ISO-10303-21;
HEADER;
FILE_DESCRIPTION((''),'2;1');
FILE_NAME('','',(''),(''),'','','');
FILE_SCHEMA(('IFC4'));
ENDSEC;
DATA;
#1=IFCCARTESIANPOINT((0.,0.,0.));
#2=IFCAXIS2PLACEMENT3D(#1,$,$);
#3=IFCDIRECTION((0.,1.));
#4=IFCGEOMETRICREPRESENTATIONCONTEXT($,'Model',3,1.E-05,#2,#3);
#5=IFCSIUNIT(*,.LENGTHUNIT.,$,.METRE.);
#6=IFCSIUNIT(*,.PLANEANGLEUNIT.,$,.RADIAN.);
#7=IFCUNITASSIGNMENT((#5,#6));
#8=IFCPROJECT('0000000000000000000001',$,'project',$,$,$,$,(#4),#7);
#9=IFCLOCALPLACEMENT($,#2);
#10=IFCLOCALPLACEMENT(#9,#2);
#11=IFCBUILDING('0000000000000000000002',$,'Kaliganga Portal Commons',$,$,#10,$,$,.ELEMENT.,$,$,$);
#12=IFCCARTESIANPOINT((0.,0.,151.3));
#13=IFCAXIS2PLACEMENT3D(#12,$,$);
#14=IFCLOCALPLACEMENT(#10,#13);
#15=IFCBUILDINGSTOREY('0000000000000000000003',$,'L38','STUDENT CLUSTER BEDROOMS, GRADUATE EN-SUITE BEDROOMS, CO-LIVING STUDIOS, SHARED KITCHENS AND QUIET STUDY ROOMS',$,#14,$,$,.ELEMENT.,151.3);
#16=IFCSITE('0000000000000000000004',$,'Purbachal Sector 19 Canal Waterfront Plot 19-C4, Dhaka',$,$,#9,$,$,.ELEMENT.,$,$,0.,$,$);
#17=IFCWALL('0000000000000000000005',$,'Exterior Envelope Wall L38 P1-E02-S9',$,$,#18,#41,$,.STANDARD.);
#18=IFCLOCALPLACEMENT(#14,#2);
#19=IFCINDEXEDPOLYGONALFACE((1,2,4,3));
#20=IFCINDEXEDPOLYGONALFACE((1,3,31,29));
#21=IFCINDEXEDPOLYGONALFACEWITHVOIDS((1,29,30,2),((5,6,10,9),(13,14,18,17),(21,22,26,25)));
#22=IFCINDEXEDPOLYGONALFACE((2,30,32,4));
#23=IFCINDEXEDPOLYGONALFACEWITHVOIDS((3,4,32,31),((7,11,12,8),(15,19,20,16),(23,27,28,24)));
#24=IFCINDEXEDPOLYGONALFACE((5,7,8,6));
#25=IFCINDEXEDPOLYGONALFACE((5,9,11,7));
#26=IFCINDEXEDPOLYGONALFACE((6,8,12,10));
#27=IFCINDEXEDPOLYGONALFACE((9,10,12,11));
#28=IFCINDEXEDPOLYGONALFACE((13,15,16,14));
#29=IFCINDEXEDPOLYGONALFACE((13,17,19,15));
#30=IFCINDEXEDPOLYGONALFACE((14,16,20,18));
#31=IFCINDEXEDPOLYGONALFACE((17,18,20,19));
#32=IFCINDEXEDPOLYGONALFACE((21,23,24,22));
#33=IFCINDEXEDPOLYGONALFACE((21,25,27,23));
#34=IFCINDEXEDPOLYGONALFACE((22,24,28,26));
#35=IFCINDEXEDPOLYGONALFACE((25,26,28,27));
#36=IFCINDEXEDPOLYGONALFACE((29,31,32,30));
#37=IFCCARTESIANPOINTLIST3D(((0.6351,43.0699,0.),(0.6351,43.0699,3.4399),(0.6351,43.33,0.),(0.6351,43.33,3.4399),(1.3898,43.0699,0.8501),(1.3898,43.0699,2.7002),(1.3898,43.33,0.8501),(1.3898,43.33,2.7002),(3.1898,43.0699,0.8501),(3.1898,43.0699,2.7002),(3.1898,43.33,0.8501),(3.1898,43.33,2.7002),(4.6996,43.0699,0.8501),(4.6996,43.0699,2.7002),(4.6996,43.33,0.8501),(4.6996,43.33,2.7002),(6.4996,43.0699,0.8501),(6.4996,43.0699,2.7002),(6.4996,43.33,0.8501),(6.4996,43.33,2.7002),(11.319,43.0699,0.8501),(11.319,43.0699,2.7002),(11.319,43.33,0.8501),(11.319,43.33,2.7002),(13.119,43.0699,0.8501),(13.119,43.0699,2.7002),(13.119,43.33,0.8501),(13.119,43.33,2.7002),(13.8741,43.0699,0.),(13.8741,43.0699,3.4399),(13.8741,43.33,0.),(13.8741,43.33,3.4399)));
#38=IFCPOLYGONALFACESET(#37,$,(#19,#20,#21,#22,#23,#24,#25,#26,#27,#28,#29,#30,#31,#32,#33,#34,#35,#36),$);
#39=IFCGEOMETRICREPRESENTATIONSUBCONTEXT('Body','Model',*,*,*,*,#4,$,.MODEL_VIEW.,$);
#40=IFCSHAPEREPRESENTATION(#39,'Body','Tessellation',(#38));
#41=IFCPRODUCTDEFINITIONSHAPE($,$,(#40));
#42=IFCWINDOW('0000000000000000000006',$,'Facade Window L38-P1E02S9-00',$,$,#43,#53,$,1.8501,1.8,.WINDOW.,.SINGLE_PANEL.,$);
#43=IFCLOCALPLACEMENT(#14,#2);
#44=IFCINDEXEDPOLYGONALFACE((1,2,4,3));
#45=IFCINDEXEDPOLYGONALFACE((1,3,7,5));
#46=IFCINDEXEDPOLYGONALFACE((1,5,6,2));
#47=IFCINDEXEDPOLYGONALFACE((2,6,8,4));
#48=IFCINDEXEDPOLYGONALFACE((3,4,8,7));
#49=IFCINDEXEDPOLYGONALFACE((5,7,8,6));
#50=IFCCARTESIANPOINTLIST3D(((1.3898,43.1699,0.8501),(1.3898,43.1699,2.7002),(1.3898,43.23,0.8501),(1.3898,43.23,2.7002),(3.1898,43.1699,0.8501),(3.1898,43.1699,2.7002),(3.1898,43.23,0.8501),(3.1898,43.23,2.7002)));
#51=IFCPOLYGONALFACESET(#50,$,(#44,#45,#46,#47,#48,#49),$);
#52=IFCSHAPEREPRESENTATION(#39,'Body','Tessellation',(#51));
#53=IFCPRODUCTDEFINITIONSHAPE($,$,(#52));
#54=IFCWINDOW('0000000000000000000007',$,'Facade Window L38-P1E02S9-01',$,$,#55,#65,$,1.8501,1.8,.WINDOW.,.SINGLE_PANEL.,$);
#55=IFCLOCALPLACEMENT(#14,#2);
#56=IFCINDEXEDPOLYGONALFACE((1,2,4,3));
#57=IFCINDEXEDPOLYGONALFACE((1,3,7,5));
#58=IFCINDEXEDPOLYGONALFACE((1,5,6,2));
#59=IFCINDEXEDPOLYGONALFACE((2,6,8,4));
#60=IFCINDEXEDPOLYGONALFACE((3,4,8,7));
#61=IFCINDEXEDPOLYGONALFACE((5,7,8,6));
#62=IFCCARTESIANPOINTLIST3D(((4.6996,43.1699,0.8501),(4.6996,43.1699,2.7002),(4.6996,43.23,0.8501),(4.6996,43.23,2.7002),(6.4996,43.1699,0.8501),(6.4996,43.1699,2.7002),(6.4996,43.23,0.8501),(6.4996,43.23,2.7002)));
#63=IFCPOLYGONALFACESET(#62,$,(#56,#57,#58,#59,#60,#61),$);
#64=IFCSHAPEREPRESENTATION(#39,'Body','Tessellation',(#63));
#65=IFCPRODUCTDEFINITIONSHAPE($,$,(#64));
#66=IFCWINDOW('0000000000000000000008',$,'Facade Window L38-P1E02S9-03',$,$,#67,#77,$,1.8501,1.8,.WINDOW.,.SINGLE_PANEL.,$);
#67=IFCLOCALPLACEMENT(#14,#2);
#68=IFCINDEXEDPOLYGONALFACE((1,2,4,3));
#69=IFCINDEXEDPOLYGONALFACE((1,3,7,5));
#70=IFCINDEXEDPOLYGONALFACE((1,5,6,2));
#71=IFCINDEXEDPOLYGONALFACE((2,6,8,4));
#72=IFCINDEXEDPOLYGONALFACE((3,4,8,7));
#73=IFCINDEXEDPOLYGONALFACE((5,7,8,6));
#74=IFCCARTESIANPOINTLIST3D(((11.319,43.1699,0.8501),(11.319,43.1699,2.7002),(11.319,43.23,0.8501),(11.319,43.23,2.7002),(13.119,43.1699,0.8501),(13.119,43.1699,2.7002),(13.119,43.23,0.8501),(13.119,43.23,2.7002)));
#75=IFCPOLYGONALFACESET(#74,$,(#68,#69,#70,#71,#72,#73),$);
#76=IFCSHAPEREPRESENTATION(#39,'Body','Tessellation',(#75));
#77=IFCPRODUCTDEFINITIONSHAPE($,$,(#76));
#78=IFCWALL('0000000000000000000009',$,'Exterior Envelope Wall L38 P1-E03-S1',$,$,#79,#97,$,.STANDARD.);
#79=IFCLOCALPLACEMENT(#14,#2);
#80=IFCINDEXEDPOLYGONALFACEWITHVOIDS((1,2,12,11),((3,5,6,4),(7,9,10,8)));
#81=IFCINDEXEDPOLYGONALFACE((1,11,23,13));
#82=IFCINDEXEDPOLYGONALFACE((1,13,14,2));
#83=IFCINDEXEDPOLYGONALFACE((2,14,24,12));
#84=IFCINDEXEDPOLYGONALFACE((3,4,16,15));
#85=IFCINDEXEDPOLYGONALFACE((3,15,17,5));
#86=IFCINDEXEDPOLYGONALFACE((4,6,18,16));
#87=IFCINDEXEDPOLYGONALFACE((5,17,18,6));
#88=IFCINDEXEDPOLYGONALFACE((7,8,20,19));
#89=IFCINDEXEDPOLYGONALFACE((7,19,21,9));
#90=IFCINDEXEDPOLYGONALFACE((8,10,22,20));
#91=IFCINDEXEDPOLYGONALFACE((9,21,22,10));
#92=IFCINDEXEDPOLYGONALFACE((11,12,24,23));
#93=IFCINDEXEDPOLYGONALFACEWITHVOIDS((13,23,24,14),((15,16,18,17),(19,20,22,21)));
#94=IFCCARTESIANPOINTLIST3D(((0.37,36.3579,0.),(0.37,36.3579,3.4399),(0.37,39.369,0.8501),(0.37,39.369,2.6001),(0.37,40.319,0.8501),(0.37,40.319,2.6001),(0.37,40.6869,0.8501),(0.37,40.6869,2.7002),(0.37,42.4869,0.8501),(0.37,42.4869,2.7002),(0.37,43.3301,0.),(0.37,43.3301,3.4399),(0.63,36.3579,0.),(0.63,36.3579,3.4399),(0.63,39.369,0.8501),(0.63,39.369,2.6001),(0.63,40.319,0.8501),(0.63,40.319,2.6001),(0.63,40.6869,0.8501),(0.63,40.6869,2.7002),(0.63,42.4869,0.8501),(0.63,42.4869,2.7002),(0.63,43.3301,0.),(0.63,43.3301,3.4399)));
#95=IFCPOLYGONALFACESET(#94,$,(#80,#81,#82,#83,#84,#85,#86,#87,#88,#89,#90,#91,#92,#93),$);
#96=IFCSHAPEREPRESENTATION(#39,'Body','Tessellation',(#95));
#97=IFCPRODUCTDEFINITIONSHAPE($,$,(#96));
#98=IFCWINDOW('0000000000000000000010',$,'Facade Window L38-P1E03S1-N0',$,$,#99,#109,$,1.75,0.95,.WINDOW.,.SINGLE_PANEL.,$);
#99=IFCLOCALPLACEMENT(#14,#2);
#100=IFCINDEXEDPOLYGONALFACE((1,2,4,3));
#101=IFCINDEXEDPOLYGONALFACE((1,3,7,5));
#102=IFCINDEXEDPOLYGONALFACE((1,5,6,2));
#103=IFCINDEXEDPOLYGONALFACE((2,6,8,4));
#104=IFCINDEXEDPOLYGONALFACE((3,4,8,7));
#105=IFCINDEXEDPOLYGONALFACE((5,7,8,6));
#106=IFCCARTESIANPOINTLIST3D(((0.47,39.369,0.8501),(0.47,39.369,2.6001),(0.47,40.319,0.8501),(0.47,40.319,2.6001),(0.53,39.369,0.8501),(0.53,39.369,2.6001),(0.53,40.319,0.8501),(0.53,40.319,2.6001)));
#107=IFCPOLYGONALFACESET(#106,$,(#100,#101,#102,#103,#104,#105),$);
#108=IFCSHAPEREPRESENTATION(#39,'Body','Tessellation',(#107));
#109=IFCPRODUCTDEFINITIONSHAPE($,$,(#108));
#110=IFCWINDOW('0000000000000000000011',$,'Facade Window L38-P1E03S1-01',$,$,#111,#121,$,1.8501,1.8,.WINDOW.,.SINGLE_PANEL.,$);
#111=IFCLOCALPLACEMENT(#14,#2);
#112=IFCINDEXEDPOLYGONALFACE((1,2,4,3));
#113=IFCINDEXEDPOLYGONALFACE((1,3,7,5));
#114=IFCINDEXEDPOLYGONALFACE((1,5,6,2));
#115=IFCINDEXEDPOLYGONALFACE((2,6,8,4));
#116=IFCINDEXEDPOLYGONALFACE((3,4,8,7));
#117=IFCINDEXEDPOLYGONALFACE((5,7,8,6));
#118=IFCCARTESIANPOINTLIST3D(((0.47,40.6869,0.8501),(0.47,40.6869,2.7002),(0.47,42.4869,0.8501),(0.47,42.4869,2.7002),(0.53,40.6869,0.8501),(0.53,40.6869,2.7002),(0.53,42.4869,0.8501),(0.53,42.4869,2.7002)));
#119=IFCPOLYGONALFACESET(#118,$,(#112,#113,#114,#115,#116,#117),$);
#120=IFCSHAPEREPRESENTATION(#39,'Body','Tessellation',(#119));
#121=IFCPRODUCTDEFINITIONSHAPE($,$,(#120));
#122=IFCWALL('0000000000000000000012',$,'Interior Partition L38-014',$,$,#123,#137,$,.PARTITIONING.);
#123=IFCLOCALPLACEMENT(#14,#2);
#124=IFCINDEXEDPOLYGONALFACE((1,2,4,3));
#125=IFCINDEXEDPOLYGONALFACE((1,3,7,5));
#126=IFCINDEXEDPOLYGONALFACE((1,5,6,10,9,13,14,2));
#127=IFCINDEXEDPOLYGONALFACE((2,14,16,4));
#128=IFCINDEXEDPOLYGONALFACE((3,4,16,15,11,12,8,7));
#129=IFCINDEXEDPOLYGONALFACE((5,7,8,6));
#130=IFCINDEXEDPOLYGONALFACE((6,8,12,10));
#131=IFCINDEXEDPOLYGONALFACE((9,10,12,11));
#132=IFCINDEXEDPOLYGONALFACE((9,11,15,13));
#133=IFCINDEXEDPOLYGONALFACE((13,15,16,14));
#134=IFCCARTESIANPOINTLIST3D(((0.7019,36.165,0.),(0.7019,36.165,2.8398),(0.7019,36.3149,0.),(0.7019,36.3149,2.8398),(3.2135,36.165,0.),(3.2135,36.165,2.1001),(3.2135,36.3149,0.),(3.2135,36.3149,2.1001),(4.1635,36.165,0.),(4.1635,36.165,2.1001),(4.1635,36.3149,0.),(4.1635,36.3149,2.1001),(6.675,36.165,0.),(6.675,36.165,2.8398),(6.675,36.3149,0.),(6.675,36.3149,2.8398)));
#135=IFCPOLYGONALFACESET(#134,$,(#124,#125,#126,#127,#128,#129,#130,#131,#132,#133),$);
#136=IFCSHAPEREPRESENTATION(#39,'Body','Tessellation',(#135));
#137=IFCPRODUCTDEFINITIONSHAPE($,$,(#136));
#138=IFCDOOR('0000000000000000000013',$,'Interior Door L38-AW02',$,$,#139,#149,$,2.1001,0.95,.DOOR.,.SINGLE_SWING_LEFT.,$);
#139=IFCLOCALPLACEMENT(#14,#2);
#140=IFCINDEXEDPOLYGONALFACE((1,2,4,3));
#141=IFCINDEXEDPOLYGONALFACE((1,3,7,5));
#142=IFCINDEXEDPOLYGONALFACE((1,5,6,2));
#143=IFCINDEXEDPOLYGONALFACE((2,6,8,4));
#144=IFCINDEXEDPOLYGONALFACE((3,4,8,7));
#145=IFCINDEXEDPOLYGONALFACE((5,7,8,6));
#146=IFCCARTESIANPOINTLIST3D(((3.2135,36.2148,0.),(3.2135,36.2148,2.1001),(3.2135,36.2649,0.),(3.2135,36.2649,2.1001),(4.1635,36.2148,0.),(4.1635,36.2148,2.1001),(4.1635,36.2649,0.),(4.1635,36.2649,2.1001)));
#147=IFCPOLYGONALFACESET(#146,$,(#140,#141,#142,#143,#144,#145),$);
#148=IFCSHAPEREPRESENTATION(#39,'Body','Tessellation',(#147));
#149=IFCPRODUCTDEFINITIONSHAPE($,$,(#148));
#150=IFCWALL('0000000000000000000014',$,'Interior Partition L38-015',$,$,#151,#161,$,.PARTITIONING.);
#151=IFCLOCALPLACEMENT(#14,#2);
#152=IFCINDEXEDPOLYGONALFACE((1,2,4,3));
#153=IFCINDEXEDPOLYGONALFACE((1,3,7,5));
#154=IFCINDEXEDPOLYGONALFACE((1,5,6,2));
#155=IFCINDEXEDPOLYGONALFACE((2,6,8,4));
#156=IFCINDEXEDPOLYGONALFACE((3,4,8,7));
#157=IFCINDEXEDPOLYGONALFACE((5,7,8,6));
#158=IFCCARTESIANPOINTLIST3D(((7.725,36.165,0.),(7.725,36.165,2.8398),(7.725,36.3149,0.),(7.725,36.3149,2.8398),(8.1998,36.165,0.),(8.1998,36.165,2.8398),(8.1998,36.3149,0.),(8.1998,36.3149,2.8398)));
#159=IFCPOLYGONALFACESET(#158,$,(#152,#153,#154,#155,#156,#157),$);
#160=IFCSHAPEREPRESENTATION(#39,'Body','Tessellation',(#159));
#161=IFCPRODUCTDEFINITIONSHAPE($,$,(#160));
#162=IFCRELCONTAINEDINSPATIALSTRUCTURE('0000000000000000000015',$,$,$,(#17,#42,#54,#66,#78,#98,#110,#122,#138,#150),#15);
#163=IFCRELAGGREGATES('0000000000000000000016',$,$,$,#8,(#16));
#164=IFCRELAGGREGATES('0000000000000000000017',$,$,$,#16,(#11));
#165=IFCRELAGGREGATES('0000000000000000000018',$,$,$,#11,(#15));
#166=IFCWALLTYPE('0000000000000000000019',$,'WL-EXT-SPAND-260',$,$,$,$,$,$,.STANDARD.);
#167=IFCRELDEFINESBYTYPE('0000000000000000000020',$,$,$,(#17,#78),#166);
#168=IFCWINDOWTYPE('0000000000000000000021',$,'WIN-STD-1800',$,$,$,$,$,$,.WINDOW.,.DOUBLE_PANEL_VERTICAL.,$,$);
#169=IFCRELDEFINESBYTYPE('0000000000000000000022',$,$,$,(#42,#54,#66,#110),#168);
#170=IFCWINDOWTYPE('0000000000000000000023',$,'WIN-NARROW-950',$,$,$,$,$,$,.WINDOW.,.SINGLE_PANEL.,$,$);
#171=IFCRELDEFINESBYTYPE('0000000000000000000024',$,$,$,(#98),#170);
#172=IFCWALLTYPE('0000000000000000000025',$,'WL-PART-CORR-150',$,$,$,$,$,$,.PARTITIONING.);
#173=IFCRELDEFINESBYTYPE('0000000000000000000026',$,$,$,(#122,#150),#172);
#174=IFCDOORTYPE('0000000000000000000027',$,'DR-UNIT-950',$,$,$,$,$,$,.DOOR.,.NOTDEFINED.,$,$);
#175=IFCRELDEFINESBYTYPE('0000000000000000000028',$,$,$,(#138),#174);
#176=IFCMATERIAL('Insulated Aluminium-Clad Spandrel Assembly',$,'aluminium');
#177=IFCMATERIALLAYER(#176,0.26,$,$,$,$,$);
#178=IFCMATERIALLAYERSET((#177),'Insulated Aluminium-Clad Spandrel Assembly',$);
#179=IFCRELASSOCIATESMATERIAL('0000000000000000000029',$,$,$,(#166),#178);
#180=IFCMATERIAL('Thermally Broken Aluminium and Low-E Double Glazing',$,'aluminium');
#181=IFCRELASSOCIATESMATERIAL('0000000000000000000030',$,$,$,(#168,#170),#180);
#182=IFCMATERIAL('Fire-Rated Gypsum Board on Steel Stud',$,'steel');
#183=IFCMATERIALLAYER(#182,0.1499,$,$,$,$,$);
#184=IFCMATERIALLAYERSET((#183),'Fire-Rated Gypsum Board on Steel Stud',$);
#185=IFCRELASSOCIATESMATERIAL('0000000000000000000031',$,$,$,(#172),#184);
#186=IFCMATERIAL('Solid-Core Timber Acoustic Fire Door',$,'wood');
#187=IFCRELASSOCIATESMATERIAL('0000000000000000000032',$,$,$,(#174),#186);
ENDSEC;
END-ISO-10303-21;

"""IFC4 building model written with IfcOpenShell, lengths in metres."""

from ifc_helpers import new_model, si_unit, direction, frame, frame_2d, origin, place, context, subcontext, project, spatial, rectangle, extrude, material, layer, layer_set, type_object, element, fill, save


model = new_model("IFC4")

# Units and contexts
model_context = context("Model", 3, precision=1e-05, world=origin(), true_north=direction((0.0, 1.0)))
body_context = subcontext(model_context, "Body", "Model", "MODEL_VIEW")
ifc_project = project(units=[si_unit("LENGTHUNIT", "METRE"), si_unit("PLANEANGLEUNIT", "RADIAN")], contexts=[model_context])

# Site, building, storey
site_placement = place(None, origin())
site = spatial("IfcSite", under=ifc_project, at=site_placement, Name="Purbachal Sector 19 Canal Waterfront Plot 19-C4, Dhaka", CompositionType="ELEMENT", RefElevation=0.0)
building_placement = place(site_placement, origin())
building = spatial("IfcBuilding", under=site, at=building_placement, Name="Kaliganga Portal Commons", CompositionType="ELEMENT")
storey_placement = place(building_placement, frame((0.0, 0.0, 151.3)))
storey = spatial("IfcBuildingStorey", under=building, at=storey_placement, Name="L38", Description="STUDENT CLUSTER BEDROOMS, GRADUATE EN-SUITE BEDROOMS, CO-LIVING STUDIOS, SHARED KITCHENS AND QUIET STUDY ROOMS", CompositionType="ELEMENT", Elevation=151.3)

# Walls, openings, windows
ifc_material_1 = material(Name="Insulated Aluminium-Clad Spandrel Assembly", Category="aluminium")
ifc_layer_1 = layer(ifc_material_1, 0.26)
ifc_layer_set_1 = layer_set([ifc_layer_1], Name="Insulated Aluminium-Clad Spandrel Assembly")
wall_type_1 = type_object("IfcWallType", Name="WL-EXT-SPAND-260", PredefinedType="STANDARD", material=ifc_layer_set_1)
wall_1_placement = place(storey_placement, frame((0.635, 43.2, 0.0), z_axis=(0.0, 0.0, 1.0), x_axis=(1.0, 0.0, 0.0)))
wall_1 = element("IfcWall", 1, at=wall_1_placement, inside=storey, type_object=wall_type_1, Name="Exterior Envelope Wall L38 P1-E02-S9", PredefinedType="STANDARD", context=body_context, shape_type="SweptSolid", body=[
    extrude(rectangle(XDim=13.239, YDim=0.26, at=frame_2d((6.6196, 0.0))), origin(), (0.0, 0.0, 1.0), 3.4399),
])
opening_1_placement = place(wall_1_placement, frame((0.7549, 0.0, 0.8501)))
opening_1 = element("IfcOpeningElement", 2, at=opening_1_placement, cuts=wall_1, PredefinedType="OPENING", context=body_context, shape_type="SweptSolid", body=[
    extrude(rectangle(XDim=1.8, YDim=1.8501, at=frame_2d((0.8999, 0.925))), frame((0.0, 0.1401, 0.0), z_axis=(0.0, -1.0, 0.0), x_axis=(1.0, 0.0, 0.0)), (0.0, 0.0, 1.0), 0.28),
])
opening_2_placement = place(wall_1_placement, frame((4.0647, 0.0, 0.8501)))
opening_2 = element("IfcOpeningElement", 3, at=opening_2_placement, cuts=wall_1, PredefinedType="OPENING", context=body_context, shape_type="SweptSolid", body=[
    extrude(rectangle(XDim=1.8, YDim=1.8501, at=frame_2d((0.8999, 0.925))), frame((0.0, 0.1401, 0.0), z_axis=(0.0, -1.0, 0.0), x_axis=(1.0, 0.0, 0.0)), (0.0, 0.0, 1.0), 0.28),
])
opening_3_placement = place(wall_1_placement, frame((10.6841, 0.0, 0.8501)))
opening_3 = element("IfcOpeningElement", 4, at=opening_3_placement, cuts=wall_1, PredefinedType="OPENING", context=body_context, shape_type="SweptSolid", body=[
    extrude(rectangle(XDim=1.8, YDim=1.8501, at=frame_2d((0.8999, 0.925))), frame((0.0, 0.1401, 0.0), z_axis=(0.0, -1.0, 0.0), x_axis=(1.0, 0.0, 0.0)), (0.0, 0.0, 1.0), 0.28),
])
ifc_material_2 = material(Name="Thermally Broken Aluminium and Low-E Double Glazing", Category="aluminium")
window_type_1 = type_object("IfcWindowType", Name="WIN-STD-1800", PartitioningType="DOUBLE_PANEL_VERTICAL", PredefinedType="WINDOW", material=ifc_material_2)
window_1_placement = place(opening_1_placement, origin())
window_1 = element("IfcWindow", 5, at=window_1_placement, inside=storey, type_object=window_type_1, Name="Facade Window L38-P1E02S9-00", OverallHeight=1.8501, OverallWidth=1.8, PartitioningType="SINGLE_PANEL", PredefinedType="WINDOW", context=body_context, shape_type="SweptSolid", body=[
    extrude(rectangle(XDim=1.8, YDim=1.8501, at=frame_2d((0.8999, 0.925))), frame((0.0, 0.03, 0.0), z_axis=(0.0, -1.0, 0.0), x_axis=(1.0, 0.0, 0.0)), (0.0, 0.0, 1.0), 0.0601),
])
fill(opening_1, window_1)
window_2_placement = place(opening_2_placement, origin())
window_2 = element("IfcWindow", 6, at=window_2_placement, inside=storey, type_object=window_type_1, Name="Facade Window L38-P1E02S9-01", OverallHeight=1.8501, OverallWidth=1.8, PartitioningType="SINGLE_PANEL", PredefinedType="WINDOW", context=body_context, shape_type="SweptSolid", body=[
    extrude(rectangle(XDim=1.8, YDim=1.8501, at=frame_2d((0.8999, 0.925))), frame((0.0, 0.03, 0.0), z_axis=(0.0, -1.0, 0.0), x_axis=(1.0, 0.0, 0.0)), (0.0, 0.0, 1.0), 0.0601),
])
fill(opening_2, window_2)
window_3_placement = place(opening_3_placement, origin())
window_3 = element("IfcWindow", 7, at=window_3_placement, inside=storey, type_object=window_type_1, Name="Facade Window L38-P1E02S9-03", OverallHeight=1.8501, OverallWidth=1.8, PartitioningType="SINGLE_PANEL", PredefinedType="WINDOW", context=body_context, shape_type="SweptSolid", body=[
    extrude(rectangle(XDim=1.8, YDim=1.8501, at=frame_2d((0.8999, 0.925))), frame((0.0, 0.03, 0.0), z_axis=(0.0, -1.0, 0.0), x_axis=(1.0, 0.0, 0.0)), (0.0, 0.0, 1.0), 0.0601),
])
fill(opening_3, window_3)
wall_2_placement = place(storey_placement, frame((0.5, 36.3579, 0.0), z_axis=(0.0, 0.0, 1.0), x_axis=(0.0, 1.0, 0.0)))
wall_2 = element("IfcWall", 8, at=wall_2_placement, inside=storey, type_object=wall_type_1, Name="Exterior Envelope Wall L38 P1-E03-S1", PredefinedType="STANDARD", context=body_context, shape_type="SweptSolid", body=[
    extrude(rectangle(XDim=6.9722, YDim=0.26, at=frame_2d((3.4861, 0.0))), origin(), (0.0, 0.0, 1.0), 3.4399),
])
opening_4_placement = place(wall_2_placement, frame((4.3291, 0.0, 0.8501)))
opening_4 = element("IfcOpeningElement", 9, at=opening_4_placement, cuts=wall_2, PredefinedType="OPENING", context=body_context, shape_type="SweptSolid", body=[
    extrude(rectangle(XDim=1.8, YDim=1.8501, at=frame_2d((0.8999, 0.925))), frame((0.0, 0.1401, 0.0), z_axis=(0.0, -1.0, 0.0), x_axis=(1.0, 0.0, 0.0)), (0.0, 0.0, 1.0), 0.28),
])
opening_5_placement = place(wall_2_placement, frame((3.011, 0.0, 0.8501)))
opening_5 = element("IfcOpeningElement", 10, at=opening_5_placement, cuts=wall_2, PredefinedType="OPENING", context=body_context, shape_type="SweptSolid", body=[
    extrude(rectangle(XDim=0.95, YDim=1.75, at=frame_2d((0.4751, 0.875))), frame((0.0, 0.1401, 0.0), z_axis=(0.0, -1.0, 0.0), x_axis=(1.0, 0.0, 0.0)), (0.0, 0.0, 1.0), 0.28),
])
window_type_2 = type_object("IfcWindowType", Name="WIN-NARROW-950", PartitioningType="SINGLE_PANEL", PredefinedType="WINDOW", material=ifc_material_2)
window_4_placement = place(opening_5_placement, origin())
window_4 = element("IfcWindow", 11, at=window_4_placement, inside=storey, type_object=window_type_2, Name="Facade Window L38-P1E03S1-N0", OverallHeight=1.75, OverallWidth=0.95, PartitioningType="SINGLE_PANEL", PredefinedType="WINDOW", context=body_context, shape_type="SweptSolid", body=[
    extrude(rectangle(XDim=0.95, YDim=1.75, at=frame_2d((0.4751, 0.875))), frame((0.0, 0.03, 0.0), z_axis=(0.0, -1.0, 0.0), x_axis=(1.0, 0.0, 0.0)), (0.0, 0.0, 1.0), 0.0601),
])
fill(opening_5, window_4)
window_5_placement = place(opening_4_placement, origin())
window_5 = element("IfcWindow", 12, at=window_5_placement, inside=storey, type_object=window_type_1, Name="Facade Window L38-P1E03S1-01", OverallHeight=1.8501, OverallWidth=1.8, PartitioningType="SINGLE_PANEL", PredefinedType="WINDOW", context=body_context, shape_type="SweptSolid", body=[
    extrude(rectangle(XDim=1.8, YDim=1.8501, at=frame_2d((0.8999, 0.925))), frame((0.0, 0.03, 0.0), z_axis=(0.0, -1.0, 0.0), x_axis=(1.0, 0.0, 0.0)), (0.0, 0.0, 1.0), 0.0601),
])
fill(opening_4, window_5)

# Wall, opening, door
ifc_material_3 = material(Name="Fire-Rated Gypsum Board on Steel Stud", Category="steel")
ifc_layer_2 = layer(ifc_material_3, 0.1499)
ifc_layer_set_2 = layer_set([ifc_layer_2], Name="Fire-Rated Gypsum Board on Steel Stud")
wall_type_2 = type_object("IfcWallType", Name="WL-PART-CORR-150", PredefinedType="PARTITIONING", material=ifc_layer_set_2)
wall_3_placement = place(storey_placement, frame((0.7019, 36.24, 0.0), z_axis=(0.0, 0.0, 1.0), x_axis=(1.0, 0.0, 0.0)))
wall_3 = element("IfcWall", 13, at=wall_3_placement, inside=storey, type_object=wall_type_2, Name="Interior Partition L38-014", PredefinedType="PARTITIONING", context=body_context, shape_type="SweptSolid", body=[
    extrude(rectangle(XDim=5.9731, YDim=0.1499, at=frame_2d((2.9866, 0.0))), origin(), (0.0, 0.0, 1.0), 2.8398),
])
opening_6_placement = place(wall_3_placement, frame((2.5115, 0.0, 0.0)))
opening_6 = element("IfcOpeningElement", 14, at=opening_6_placement, cuts=wall_3, PredefinedType="OPENING", context=body_context, shape_type="SweptSolid", body=[
    extrude(rectangle(XDim=0.95, YDim=2.1001, at=frame_2d((0.4751, 1.05))), frame((0.0, 0.085, 0.0), z_axis=(0.0, -1.0, 0.0), x_axis=(1.0, 0.0, 0.0)), (0.0, 0.0, 1.0), 0.1699),
])
ifc_material_4 = material(Name="Solid-Core Timber Acoustic Fire Door", Category="wood")
door_type_1 = type_object("IfcDoorType", Name="DR-UNIT-950", OperationType="NOTDEFINED", PredefinedType="DOOR", material=ifc_material_4)
door_1_placement = place(opening_6_placement, origin())
door_1 = element("IfcDoor", 15, at=door_1_placement, inside=storey, type_object=door_type_1, Name="Interior Door L38-AW02", OperationType="SINGLE_SWING_LEFT", OverallHeight=2.1001, OverallWidth=0.95, PredefinedType="DOOR", context=body_context, shape_type="SweptSolid", body=[
    extrude(rectangle(XDim=0.95, YDim=2.1001, at=frame_2d((0.4751, 1.05))), frame((0.0, 0.0249, 0.0), z_axis=(0.0, -1.0, 0.0), x_axis=(1.0, 0.0, 0.0)), (0.0, 0.0, 1.0), 0.05),
])
fill(opening_6, door_1)

# Wall
wall_4_placement = place(storey_placement, frame((7.7251, 36.24, 0.0), z_axis=(0.0, 0.0, 1.0), x_axis=(1.0, 0.0, 0.0)))
element("IfcWall", 16, at=wall_4_placement, inside=storey, type_object=wall_type_2, Name="Interior Partition L38-015", PredefinedType="PARTITIONING", context=body_context, shape_type="SweptSolid", body=[
    extrude(rectangle(XDim=0.4749, YDim=0.1499, at=frame_2d((0.2373, 0.0))), origin(), (0.0, 0.0, 1.0), 2.8398),
])

save(model, "model.ifc")
